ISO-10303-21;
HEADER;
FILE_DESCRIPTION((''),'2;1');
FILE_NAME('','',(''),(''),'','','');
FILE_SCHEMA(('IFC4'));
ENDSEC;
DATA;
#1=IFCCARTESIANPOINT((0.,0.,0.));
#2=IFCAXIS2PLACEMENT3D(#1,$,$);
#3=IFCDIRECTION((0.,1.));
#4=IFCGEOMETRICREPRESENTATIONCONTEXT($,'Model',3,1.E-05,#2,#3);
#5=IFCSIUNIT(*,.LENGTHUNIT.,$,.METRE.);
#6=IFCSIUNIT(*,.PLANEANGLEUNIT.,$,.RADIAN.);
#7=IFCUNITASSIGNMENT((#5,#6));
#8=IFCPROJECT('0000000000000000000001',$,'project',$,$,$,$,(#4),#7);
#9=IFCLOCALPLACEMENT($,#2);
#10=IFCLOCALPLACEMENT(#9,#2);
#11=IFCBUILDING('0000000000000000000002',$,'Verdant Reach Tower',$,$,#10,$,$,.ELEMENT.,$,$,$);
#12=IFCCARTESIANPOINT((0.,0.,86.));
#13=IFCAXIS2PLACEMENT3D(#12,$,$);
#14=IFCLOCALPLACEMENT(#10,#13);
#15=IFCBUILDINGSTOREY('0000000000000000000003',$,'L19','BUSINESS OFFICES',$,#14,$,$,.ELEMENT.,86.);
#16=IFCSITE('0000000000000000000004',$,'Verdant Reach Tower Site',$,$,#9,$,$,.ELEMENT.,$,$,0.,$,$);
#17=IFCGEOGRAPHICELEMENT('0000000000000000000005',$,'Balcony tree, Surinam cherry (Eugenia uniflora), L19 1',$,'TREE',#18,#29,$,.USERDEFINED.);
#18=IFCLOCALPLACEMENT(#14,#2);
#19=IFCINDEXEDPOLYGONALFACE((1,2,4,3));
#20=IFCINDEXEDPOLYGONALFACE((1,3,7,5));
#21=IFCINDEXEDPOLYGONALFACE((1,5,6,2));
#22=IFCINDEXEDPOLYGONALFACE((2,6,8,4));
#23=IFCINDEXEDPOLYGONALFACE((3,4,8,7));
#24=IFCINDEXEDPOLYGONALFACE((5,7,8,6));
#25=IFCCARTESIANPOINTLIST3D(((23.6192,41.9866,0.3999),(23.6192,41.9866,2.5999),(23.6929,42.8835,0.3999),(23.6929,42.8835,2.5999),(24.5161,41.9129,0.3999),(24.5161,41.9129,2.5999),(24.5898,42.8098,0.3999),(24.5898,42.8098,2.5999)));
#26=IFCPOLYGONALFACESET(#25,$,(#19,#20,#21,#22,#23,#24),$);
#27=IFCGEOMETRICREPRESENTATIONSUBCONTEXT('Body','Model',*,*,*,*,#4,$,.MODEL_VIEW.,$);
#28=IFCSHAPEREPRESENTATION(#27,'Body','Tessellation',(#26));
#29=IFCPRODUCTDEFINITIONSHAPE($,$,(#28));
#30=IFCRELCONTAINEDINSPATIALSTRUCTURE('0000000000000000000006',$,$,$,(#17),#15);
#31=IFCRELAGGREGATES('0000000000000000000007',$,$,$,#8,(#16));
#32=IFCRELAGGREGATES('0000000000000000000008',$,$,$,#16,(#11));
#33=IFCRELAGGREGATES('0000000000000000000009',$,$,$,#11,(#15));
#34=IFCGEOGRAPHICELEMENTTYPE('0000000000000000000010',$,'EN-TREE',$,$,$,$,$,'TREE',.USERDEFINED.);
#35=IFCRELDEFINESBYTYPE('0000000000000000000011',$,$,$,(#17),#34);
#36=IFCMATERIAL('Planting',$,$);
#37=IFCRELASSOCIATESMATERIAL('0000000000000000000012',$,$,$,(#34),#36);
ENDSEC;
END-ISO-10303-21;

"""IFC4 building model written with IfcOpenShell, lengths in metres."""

from ifc_helpers import new_model, si_unit, direction, frame, origin, origin_2d, place, context, subcontext, project, spatial, rectangle, extrude, material, type_object, element, save


model = new_model("IFC4")

# Units and contexts
model_context = context("Model", 3, precision=1e-05, world=origin(), true_north=direction((0.0, 1.0)))
body_context = subcontext(model_context, "Body", "Model", "MODEL_VIEW")
ifc_project = project(units=[si_unit("LENGTHUNIT", "METRE"), si_unit("PLANEANGLEUNIT", "RADIAN")], contexts=[model_context])

# Site, building, storey
site_placement = place(None, origin())
site = spatial("IfcSite", under=ifc_project, at=site_placement, Name="Verdant Reach Tower Site", CompositionType="ELEMENT", RefElevation=0.0)
building_placement = place(site_placement, origin())
building = spatial("IfcBuilding", under=site, at=building_placement, Name="Verdant Reach Tower", CompositionType="ELEMENT")
storey_placement = place(building_placement, frame((0.0, 0.0, 86.0)))
storey = spatial("IfcBuildingStorey", under=building, at=storey_placement, Name="L19", Description="BUSINESS OFFICES", CompositionType="ELEMENT", Elevation=86.0)

# Geographic element
ifc_material_1 = material(Name="Planting")
geographic_element_type = type_object("IfcGeographicElementType", Name="EN-TREE", ElementType="TREE", PredefinedType="USERDEFINED", material=ifc_material_1)
geographic_element_placement = place(storey_placement, frame((24.1045, 42.3982, 0.3999), z_axis=(0.0, 0.0, 1.0), x_axis=(0.081916, 0.996639, 0.0)))
element("IfcGeographicElement", 1, at=geographic_element_placement, inside=storey, type_object=geographic_element_type, Name="Balcony tree, Surinam cherry (Eugenia uniflora), L19 1", ObjectType="TREE", PredefinedType="USERDEFINED", context=body_context, shape_type="SweptSolid", body=[
    extrude(rectangle(XDim=0.8999, YDim=0.8999, at=origin_2d()), origin(), (0.0, 0.0, 1.0), 2.2),
])

save(model, "model.ifc")
